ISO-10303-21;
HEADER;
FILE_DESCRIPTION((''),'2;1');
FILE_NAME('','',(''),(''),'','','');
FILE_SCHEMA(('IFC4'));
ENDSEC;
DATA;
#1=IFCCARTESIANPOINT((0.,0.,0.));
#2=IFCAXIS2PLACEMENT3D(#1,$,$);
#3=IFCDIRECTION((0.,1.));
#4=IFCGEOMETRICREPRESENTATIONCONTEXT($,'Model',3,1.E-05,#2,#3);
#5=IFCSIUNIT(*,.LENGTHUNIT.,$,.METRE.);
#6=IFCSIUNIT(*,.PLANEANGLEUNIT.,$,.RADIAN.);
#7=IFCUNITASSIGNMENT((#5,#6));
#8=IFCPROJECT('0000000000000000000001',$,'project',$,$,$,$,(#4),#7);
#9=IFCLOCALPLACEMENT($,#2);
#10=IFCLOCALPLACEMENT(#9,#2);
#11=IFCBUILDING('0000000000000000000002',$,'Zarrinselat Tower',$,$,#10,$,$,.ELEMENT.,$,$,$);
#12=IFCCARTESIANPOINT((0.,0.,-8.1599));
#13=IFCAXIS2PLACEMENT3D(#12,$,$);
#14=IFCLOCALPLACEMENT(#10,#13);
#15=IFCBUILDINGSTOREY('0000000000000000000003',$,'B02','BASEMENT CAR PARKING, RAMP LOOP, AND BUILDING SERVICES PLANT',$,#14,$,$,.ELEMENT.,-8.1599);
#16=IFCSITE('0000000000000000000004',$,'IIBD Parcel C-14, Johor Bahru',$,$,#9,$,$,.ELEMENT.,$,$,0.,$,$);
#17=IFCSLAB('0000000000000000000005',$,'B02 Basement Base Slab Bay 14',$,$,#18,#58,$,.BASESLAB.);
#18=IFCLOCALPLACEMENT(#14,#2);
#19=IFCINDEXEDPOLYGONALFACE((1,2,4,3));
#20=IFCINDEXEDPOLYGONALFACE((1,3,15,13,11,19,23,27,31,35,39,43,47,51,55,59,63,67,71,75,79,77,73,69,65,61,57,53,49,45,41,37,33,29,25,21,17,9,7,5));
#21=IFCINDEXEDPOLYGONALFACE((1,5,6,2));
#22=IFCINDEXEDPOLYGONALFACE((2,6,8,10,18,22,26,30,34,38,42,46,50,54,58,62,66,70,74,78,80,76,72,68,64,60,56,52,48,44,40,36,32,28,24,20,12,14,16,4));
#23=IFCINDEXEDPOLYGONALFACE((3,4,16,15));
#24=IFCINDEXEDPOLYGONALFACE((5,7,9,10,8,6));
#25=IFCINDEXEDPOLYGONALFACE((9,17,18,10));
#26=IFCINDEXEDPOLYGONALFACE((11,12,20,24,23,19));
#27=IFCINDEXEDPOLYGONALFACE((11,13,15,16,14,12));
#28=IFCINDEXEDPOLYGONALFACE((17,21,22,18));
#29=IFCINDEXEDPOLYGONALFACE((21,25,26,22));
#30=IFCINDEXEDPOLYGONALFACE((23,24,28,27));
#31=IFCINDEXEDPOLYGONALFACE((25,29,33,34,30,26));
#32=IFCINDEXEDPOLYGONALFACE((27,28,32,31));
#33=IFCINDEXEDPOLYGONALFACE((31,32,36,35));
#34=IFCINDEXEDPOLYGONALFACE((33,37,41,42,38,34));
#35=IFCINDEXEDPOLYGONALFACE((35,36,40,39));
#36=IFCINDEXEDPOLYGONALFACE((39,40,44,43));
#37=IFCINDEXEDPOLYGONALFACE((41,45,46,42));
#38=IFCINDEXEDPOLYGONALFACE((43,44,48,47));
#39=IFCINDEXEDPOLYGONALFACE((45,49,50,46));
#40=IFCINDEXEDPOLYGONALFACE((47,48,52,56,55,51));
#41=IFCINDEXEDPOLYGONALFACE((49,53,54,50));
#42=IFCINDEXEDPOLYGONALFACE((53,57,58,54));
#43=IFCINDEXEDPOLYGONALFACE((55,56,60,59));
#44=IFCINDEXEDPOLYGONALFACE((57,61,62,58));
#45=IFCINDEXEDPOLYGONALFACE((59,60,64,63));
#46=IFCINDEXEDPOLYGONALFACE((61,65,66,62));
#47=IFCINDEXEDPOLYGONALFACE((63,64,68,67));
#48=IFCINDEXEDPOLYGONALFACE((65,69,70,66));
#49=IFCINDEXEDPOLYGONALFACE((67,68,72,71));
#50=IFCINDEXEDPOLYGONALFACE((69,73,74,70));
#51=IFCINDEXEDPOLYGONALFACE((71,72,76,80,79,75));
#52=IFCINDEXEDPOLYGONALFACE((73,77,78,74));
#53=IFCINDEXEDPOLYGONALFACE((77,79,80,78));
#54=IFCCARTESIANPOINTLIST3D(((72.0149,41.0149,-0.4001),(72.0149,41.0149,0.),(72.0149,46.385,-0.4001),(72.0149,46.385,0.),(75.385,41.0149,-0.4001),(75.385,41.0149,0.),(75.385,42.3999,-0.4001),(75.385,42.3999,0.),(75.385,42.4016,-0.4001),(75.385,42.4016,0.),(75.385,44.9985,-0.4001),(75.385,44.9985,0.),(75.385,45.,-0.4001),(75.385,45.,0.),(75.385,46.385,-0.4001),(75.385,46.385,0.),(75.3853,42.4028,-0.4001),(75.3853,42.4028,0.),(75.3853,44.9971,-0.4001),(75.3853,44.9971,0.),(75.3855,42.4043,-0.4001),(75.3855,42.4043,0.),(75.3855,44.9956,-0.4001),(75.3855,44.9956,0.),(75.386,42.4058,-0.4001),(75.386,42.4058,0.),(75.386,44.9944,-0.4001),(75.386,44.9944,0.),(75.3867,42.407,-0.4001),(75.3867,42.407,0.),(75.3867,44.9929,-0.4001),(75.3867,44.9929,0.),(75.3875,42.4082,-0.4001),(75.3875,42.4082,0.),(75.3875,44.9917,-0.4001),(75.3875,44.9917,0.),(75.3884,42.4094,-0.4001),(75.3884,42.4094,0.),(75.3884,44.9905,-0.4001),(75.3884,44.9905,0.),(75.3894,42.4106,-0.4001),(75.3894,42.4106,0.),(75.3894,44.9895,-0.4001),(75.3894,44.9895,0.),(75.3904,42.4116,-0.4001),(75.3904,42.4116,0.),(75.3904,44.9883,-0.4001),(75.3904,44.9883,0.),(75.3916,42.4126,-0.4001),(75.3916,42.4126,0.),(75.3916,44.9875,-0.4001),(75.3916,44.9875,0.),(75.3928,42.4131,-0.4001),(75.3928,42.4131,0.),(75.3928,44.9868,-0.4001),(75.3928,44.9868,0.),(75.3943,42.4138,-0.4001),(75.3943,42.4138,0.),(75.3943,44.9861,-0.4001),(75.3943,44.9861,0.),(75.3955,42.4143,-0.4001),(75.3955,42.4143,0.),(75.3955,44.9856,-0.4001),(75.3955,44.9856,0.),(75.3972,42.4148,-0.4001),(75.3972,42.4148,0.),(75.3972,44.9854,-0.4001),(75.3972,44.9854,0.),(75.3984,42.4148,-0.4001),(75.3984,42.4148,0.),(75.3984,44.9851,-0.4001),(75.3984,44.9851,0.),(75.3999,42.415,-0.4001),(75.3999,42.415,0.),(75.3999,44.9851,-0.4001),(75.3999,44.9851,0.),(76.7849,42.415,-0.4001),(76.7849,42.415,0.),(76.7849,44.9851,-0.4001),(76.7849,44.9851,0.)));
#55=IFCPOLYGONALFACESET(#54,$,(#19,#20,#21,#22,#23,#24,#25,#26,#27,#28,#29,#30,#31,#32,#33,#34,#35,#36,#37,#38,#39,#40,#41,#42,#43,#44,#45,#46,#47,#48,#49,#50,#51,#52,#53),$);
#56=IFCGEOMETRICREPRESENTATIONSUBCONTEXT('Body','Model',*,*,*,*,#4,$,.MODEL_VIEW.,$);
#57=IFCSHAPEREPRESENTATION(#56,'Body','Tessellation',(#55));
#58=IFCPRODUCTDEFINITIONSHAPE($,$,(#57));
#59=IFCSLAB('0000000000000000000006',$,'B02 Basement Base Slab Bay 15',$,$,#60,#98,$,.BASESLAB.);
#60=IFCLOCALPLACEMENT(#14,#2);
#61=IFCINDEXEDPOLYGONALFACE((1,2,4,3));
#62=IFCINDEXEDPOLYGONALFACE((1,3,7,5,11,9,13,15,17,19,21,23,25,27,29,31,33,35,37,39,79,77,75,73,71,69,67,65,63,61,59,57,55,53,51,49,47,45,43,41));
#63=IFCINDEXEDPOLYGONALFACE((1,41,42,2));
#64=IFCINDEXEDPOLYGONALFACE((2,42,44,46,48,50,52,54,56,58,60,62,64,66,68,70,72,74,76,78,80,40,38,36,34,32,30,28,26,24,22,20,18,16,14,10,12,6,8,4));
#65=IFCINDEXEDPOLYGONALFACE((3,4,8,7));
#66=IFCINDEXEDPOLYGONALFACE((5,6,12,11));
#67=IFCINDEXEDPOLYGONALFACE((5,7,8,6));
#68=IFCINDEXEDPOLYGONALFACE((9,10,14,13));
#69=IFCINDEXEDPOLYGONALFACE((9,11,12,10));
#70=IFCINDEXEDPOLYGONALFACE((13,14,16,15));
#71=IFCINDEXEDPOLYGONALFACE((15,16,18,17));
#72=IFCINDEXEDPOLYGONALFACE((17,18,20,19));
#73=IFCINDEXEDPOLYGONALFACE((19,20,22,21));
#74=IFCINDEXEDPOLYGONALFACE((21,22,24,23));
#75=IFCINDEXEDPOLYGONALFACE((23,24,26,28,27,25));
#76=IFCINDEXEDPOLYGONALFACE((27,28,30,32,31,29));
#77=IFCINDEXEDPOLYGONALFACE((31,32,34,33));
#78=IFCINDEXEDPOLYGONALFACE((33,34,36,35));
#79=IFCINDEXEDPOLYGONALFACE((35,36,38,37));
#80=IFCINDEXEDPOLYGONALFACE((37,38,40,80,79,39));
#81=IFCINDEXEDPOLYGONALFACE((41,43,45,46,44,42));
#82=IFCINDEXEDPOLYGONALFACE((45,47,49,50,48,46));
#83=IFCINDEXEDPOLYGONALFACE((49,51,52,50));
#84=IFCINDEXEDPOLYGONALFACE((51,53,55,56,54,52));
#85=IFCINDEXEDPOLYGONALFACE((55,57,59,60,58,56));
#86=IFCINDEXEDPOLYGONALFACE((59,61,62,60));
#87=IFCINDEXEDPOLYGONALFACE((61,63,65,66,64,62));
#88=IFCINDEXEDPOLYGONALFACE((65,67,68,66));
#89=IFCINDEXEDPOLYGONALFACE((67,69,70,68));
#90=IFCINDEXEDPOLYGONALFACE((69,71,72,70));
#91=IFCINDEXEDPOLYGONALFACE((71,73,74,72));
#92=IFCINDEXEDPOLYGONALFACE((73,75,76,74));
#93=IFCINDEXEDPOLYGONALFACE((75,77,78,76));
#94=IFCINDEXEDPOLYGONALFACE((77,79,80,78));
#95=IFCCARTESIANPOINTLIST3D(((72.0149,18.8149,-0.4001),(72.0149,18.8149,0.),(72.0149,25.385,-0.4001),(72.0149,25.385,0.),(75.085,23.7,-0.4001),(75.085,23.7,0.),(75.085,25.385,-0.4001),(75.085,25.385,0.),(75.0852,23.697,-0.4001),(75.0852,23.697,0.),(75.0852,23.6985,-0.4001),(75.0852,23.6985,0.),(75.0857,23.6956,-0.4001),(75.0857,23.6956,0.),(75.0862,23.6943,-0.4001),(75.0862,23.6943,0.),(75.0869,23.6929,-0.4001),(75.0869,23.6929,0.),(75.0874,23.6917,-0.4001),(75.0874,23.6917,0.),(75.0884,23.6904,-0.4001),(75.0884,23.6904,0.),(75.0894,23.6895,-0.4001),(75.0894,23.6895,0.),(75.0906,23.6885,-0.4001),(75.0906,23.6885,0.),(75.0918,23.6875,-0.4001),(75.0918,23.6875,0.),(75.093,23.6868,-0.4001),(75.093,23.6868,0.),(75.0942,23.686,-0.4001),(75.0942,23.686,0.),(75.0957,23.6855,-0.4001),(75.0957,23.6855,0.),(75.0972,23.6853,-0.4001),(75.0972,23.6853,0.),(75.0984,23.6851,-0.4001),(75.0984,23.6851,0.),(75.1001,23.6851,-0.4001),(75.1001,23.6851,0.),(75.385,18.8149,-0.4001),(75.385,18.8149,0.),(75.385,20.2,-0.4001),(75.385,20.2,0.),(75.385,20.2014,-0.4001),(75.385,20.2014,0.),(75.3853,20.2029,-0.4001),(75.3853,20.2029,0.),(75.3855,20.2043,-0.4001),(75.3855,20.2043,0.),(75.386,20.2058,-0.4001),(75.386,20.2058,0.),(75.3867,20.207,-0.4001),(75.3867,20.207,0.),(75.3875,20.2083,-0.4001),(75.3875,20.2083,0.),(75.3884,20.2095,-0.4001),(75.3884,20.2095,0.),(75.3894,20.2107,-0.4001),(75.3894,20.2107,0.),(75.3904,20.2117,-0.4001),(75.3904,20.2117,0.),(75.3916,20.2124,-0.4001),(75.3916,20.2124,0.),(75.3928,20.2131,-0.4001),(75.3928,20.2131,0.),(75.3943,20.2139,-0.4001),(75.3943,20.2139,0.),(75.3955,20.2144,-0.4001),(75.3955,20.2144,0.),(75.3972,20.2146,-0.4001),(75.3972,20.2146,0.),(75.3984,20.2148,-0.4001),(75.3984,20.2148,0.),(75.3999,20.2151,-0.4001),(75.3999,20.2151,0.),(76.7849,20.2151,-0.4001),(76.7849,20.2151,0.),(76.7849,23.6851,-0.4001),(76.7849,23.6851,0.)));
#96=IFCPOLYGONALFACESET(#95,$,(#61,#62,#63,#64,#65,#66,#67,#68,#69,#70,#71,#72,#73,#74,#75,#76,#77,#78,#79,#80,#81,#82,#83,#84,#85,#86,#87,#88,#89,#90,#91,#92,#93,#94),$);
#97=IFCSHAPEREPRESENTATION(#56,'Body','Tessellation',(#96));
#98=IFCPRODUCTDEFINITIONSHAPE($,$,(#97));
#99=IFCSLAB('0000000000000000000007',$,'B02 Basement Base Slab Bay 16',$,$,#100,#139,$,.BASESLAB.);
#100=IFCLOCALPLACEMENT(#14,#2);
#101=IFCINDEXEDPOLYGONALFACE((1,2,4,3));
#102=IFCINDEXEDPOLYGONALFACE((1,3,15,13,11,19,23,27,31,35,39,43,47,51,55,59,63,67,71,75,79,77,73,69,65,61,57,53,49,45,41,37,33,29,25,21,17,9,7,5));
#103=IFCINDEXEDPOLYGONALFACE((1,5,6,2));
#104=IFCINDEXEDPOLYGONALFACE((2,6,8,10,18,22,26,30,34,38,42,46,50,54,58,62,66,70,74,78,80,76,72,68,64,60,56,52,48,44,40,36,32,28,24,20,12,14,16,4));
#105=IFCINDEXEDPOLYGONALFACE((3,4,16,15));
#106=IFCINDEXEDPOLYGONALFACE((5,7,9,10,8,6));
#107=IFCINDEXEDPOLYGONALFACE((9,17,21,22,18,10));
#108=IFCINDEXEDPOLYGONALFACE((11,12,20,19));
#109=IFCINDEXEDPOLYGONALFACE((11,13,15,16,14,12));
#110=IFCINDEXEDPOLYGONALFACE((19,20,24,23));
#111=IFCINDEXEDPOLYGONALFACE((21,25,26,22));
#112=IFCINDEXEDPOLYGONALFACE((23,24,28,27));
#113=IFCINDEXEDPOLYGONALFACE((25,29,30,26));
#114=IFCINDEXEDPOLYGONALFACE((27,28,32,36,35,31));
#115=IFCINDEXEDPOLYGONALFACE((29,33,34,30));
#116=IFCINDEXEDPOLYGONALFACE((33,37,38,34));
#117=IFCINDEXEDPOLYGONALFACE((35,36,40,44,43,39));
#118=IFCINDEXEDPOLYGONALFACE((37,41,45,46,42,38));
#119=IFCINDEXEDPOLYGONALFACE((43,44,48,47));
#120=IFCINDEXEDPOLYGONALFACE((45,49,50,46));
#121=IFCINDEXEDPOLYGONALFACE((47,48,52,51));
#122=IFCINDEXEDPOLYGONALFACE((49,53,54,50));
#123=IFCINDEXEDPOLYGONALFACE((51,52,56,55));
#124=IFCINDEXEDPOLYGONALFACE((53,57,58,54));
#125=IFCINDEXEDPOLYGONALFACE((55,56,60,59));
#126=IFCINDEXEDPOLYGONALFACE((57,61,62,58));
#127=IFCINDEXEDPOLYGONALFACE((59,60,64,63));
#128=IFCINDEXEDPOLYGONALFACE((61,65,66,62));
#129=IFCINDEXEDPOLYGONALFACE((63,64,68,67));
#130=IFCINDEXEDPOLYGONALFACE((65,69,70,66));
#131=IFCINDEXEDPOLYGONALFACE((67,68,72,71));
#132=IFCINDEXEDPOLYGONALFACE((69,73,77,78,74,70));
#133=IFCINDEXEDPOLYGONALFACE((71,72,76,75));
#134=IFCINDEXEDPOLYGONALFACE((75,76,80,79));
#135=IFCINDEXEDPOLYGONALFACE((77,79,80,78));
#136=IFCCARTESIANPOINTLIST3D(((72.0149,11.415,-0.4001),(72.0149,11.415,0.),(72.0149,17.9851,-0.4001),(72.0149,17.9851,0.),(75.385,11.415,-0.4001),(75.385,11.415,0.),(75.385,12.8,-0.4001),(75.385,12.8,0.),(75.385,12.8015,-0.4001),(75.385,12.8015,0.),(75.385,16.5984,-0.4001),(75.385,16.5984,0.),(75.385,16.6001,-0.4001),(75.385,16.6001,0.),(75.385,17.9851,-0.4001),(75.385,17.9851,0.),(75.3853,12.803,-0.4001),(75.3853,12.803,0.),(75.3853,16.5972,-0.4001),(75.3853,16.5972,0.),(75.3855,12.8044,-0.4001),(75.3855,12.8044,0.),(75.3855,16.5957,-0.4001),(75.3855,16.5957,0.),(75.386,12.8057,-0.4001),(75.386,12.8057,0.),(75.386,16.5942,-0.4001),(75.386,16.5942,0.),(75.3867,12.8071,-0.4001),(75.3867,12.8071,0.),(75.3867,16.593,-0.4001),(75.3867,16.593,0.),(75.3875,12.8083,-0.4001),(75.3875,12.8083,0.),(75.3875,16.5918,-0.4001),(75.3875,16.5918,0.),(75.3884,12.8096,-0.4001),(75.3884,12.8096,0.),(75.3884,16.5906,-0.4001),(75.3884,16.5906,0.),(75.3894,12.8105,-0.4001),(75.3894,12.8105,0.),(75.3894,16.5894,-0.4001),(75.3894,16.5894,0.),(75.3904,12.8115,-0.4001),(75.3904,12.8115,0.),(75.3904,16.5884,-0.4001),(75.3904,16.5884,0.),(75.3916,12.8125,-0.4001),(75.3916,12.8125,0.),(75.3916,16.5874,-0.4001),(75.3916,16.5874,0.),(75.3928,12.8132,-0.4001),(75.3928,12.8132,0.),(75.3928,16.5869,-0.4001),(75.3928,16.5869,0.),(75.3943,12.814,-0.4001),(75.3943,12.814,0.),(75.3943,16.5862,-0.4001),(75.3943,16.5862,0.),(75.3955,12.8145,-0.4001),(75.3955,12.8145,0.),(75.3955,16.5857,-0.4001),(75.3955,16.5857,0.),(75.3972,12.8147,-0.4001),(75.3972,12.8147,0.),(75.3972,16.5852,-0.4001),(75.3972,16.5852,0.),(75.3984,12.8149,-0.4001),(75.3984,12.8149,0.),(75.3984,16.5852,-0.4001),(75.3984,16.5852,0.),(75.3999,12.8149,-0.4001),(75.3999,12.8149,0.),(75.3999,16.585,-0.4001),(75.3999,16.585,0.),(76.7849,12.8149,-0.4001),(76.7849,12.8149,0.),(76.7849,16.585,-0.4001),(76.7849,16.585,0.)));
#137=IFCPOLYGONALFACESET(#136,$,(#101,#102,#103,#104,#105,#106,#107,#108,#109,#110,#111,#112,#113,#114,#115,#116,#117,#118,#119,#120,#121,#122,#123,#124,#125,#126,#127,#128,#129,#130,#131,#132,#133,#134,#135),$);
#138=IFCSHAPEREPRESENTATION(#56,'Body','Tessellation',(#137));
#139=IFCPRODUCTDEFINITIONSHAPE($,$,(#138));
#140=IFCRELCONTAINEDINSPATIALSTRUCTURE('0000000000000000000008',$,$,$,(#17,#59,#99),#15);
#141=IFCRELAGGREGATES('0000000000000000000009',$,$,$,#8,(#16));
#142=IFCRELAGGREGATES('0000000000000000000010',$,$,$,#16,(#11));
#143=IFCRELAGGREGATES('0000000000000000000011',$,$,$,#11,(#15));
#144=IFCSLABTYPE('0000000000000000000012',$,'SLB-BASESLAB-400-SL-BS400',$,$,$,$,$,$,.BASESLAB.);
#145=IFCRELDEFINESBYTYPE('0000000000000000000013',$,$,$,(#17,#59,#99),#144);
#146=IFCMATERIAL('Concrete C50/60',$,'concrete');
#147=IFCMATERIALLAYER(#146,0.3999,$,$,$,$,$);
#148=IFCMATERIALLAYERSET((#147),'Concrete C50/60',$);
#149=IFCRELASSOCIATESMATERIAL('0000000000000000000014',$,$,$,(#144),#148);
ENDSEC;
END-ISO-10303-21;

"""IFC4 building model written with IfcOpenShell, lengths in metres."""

from ifc_helpers import new_model, si_unit, direction, frame, origin, place, context, subcontext, project, spatial, polyline, outline, extrude, material, layer, layer_set, type_object, element, save


model = new_model("IFC4")

# Units and contexts
model_context = context("Model", 3, precision=1e-05, world=origin(), true_north=direction((0.0, 1.0)))
body_context = subcontext(model_context, "Body", "Model", "MODEL_VIEW")
ifc_project = project(units=[si_unit("LENGTHUNIT", "METRE"), si_unit("PLANEANGLEUNIT", "RADIAN")], contexts=[model_context])

# Site, building, storey
site_placement = place(None, origin())
site = spatial("IfcSite", under=ifc_project, at=site_placement, Name="IIBD Parcel C-14, Johor Bahru", CompositionType="ELEMENT", RefElevation=0.0)
building_placement = place(site_placement, origin())
building = spatial("IfcBuilding", under=site, at=building_placement, Name="Zarrinselat Tower", CompositionType="ELEMENT")
storey_placement = place(building_placement, frame((0.0, 0.0, -8.1599)))
storey = spatial("IfcBuildingStorey", under=building, at=storey_placement, Name="B02", Description="BASEMENT CAR PARKING, RAMP LOOP, AND BUILDING SERVICES PLANT", CompositionType="ELEMENT", Elevation=-8.1599)

# Slabs
ifc_material_1 = material(Name="Concrete C50/60", Category="concrete")
ifc_layer_1 = layer(ifc_material_1, 0.3999)
ifc_layer_set_1 = layer_set([ifc_layer_1], Name="Concrete C50/60")
slab_type_1 = type_object("IfcSlabType", Name="SLB-BASESLAB-400-SL-BS400", PredefinedType="BASESLAB", material=ifc_layer_set_1)
slab_1_placement = place(storey_placement, frame((0.0, 0.0, -0.4001)))
element("IfcSlab", 1, at=slab_1_placement, inside=storey, type_object=slab_type_1, Name="B02 Basement Base Slab Bay 14", PredefinedType="BASESLAB", context=body_context, shape_type="SweptSolid", body=[
    extrude(outline(polyline([(72.0149, 41.0149), (72.0149, 46.385), (75.385, 46.385), (75.385, 45.0), (75.385, 44.9985), (75.3853, 44.9971), (75.3855, 44.9956), (75.386, 44.9944), (75.3867, 44.9929), (75.3875, 44.9917), (75.3884, 44.9905), (75.3894, 44.9895), (75.3904, 44.9883), (75.3916, 44.9875), (75.3928, 44.9868), (75.3943, 44.9861), (75.3955, 44.9856), (75.3972, 44.9854), (75.3984, 44.9851), (75.3999, 44.9851), (76.7849, 44.9851), (76.7849, 42.415), (75.3999, 42.415), (75.3984, 42.4148), (75.3972, 42.4148), (75.3955, 42.4143), (75.3943, 42.4138), (75.3928, 42.4131), (75.3916, 42.4126), (75.3904, 42.4116), (75.3894, 42.4106), (75.3884, 42.4094), (75.3875, 42.4082), (75.3867, 42.407), (75.386, 42.4058), (75.3855, 42.4043), (75.3853, 42.4028), (75.385, 42.4016), (75.385, 42.3999), (75.385, 41.0149), (72.0149, 41.0149)])), origin(), (0.0, 0.0, 1.0), 0.4001),
])
slab_2_placement = place(storey_placement, frame((0.0, 0.0, -0.4001)))
element("IfcSlab", 2, at=slab_2_placement, inside=storey, type_object=slab_type_1, Name="B02 Basement Base Slab Bay 15", PredefinedType="BASESLAB", context=body_context, shape_type="SweptSolid", body=[
    extrude(outline(polyline([(72.0149, 18.8149), (72.0149, 25.385), (75.085, 25.385), (75.085, 23.7), (75.0852, 23.6985), (75.0852, 23.697), (75.0857, 23.6956), (75.0862, 23.6943), (75.0869, 23.6929), (75.0874, 23.6917), (75.0884, 23.6904), (75.0894, 23.6895), (75.0906, 23.6885), (75.0918, 23.6875), (75.093, 23.6868), (75.0942, 23.686), (75.0957, 23.6855), (75.0972, 23.6853), (75.0984, 23.6851), (75.1001, 23.6851), (76.7849, 23.6851), (76.7849, 20.2151), (75.3999, 20.2151), (75.3984, 20.2148), (75.3972, 20.2146), (75.3955, 20.2144), (75.3943, 20.2139), (75.3928, 20.2131), (75.3916, 20.2124), (75.3904, 20.2117), (75.3894, 20.2107), (75.3884, 20.2095), (75.3875, 20.2083), (75.3867, 20.207), (75.386, 20.2058), (75.3855, 20.2043), (75.3853, 20.2029), (75.385, 20.2014), (75.385, 20.2), (75.385, 18.8149), (72.0149, 18.8149)])), origin(), (0.0, 0.0, 1.0), 0.4001),
])
slab_3_placement = place(storey_placement, frame((0.0, 0.0, -0.4001)))
element("IfcSlab", 3, at=slab_3_placement, inside=storey, type_object=slab_type_1, Name="B02 Basement Base Slab Bay 16", PredefinedType="BASESLAB", context=body_context, shape_type="SweptSolid", body=[
    extrude(outline(polyline([(72.0149, 11.415), (72.0149, 17.9851), (75.385, 17.9851), (75.385, 16.6001), (75.385, 16.5984), (75.3853, 16.5972), (75.3855, 16.5957), (75.386, 16.5942), (75.3867, 16.593), (75.3875, 16.5918), (75.3884, 16.5906), (75.3894, 16.5894), (75.3904, 16.5884), (75.3916, 16.5874), (75.3928, 16.5869), (75.3943, 16.5862), (75.3955, 16.5857), (75.3972, 16.5852), (75.3984, 16.5852), (75.3999, 16.585), (76.7849, 16.585), (76.7849, 12.8149), (75.3999, 12.8149), (75.3984, 12.8149), (75.3972, 12.8147), (75.3955, 12.8145), (75.3943, 12.814), (75.3928, 12.8132), (75.3916, 12.8125), (75.3904, 12.8115), (75.3894, 12.8105), (75.3884, 12.8096), (75.3875, 12.8083), (75.3867, 12.8071), (75.386, 12.8057), (75.3855, 12.8044), (75.3853, 12.803), (75.385, 12.8015), (75.385, 12.8), (75.385, 11.415), (72.0149, 11.415)])), origin(), (0.0, 0.0, 1.0), 0.4001),
])

save(model, "model.ifc")
